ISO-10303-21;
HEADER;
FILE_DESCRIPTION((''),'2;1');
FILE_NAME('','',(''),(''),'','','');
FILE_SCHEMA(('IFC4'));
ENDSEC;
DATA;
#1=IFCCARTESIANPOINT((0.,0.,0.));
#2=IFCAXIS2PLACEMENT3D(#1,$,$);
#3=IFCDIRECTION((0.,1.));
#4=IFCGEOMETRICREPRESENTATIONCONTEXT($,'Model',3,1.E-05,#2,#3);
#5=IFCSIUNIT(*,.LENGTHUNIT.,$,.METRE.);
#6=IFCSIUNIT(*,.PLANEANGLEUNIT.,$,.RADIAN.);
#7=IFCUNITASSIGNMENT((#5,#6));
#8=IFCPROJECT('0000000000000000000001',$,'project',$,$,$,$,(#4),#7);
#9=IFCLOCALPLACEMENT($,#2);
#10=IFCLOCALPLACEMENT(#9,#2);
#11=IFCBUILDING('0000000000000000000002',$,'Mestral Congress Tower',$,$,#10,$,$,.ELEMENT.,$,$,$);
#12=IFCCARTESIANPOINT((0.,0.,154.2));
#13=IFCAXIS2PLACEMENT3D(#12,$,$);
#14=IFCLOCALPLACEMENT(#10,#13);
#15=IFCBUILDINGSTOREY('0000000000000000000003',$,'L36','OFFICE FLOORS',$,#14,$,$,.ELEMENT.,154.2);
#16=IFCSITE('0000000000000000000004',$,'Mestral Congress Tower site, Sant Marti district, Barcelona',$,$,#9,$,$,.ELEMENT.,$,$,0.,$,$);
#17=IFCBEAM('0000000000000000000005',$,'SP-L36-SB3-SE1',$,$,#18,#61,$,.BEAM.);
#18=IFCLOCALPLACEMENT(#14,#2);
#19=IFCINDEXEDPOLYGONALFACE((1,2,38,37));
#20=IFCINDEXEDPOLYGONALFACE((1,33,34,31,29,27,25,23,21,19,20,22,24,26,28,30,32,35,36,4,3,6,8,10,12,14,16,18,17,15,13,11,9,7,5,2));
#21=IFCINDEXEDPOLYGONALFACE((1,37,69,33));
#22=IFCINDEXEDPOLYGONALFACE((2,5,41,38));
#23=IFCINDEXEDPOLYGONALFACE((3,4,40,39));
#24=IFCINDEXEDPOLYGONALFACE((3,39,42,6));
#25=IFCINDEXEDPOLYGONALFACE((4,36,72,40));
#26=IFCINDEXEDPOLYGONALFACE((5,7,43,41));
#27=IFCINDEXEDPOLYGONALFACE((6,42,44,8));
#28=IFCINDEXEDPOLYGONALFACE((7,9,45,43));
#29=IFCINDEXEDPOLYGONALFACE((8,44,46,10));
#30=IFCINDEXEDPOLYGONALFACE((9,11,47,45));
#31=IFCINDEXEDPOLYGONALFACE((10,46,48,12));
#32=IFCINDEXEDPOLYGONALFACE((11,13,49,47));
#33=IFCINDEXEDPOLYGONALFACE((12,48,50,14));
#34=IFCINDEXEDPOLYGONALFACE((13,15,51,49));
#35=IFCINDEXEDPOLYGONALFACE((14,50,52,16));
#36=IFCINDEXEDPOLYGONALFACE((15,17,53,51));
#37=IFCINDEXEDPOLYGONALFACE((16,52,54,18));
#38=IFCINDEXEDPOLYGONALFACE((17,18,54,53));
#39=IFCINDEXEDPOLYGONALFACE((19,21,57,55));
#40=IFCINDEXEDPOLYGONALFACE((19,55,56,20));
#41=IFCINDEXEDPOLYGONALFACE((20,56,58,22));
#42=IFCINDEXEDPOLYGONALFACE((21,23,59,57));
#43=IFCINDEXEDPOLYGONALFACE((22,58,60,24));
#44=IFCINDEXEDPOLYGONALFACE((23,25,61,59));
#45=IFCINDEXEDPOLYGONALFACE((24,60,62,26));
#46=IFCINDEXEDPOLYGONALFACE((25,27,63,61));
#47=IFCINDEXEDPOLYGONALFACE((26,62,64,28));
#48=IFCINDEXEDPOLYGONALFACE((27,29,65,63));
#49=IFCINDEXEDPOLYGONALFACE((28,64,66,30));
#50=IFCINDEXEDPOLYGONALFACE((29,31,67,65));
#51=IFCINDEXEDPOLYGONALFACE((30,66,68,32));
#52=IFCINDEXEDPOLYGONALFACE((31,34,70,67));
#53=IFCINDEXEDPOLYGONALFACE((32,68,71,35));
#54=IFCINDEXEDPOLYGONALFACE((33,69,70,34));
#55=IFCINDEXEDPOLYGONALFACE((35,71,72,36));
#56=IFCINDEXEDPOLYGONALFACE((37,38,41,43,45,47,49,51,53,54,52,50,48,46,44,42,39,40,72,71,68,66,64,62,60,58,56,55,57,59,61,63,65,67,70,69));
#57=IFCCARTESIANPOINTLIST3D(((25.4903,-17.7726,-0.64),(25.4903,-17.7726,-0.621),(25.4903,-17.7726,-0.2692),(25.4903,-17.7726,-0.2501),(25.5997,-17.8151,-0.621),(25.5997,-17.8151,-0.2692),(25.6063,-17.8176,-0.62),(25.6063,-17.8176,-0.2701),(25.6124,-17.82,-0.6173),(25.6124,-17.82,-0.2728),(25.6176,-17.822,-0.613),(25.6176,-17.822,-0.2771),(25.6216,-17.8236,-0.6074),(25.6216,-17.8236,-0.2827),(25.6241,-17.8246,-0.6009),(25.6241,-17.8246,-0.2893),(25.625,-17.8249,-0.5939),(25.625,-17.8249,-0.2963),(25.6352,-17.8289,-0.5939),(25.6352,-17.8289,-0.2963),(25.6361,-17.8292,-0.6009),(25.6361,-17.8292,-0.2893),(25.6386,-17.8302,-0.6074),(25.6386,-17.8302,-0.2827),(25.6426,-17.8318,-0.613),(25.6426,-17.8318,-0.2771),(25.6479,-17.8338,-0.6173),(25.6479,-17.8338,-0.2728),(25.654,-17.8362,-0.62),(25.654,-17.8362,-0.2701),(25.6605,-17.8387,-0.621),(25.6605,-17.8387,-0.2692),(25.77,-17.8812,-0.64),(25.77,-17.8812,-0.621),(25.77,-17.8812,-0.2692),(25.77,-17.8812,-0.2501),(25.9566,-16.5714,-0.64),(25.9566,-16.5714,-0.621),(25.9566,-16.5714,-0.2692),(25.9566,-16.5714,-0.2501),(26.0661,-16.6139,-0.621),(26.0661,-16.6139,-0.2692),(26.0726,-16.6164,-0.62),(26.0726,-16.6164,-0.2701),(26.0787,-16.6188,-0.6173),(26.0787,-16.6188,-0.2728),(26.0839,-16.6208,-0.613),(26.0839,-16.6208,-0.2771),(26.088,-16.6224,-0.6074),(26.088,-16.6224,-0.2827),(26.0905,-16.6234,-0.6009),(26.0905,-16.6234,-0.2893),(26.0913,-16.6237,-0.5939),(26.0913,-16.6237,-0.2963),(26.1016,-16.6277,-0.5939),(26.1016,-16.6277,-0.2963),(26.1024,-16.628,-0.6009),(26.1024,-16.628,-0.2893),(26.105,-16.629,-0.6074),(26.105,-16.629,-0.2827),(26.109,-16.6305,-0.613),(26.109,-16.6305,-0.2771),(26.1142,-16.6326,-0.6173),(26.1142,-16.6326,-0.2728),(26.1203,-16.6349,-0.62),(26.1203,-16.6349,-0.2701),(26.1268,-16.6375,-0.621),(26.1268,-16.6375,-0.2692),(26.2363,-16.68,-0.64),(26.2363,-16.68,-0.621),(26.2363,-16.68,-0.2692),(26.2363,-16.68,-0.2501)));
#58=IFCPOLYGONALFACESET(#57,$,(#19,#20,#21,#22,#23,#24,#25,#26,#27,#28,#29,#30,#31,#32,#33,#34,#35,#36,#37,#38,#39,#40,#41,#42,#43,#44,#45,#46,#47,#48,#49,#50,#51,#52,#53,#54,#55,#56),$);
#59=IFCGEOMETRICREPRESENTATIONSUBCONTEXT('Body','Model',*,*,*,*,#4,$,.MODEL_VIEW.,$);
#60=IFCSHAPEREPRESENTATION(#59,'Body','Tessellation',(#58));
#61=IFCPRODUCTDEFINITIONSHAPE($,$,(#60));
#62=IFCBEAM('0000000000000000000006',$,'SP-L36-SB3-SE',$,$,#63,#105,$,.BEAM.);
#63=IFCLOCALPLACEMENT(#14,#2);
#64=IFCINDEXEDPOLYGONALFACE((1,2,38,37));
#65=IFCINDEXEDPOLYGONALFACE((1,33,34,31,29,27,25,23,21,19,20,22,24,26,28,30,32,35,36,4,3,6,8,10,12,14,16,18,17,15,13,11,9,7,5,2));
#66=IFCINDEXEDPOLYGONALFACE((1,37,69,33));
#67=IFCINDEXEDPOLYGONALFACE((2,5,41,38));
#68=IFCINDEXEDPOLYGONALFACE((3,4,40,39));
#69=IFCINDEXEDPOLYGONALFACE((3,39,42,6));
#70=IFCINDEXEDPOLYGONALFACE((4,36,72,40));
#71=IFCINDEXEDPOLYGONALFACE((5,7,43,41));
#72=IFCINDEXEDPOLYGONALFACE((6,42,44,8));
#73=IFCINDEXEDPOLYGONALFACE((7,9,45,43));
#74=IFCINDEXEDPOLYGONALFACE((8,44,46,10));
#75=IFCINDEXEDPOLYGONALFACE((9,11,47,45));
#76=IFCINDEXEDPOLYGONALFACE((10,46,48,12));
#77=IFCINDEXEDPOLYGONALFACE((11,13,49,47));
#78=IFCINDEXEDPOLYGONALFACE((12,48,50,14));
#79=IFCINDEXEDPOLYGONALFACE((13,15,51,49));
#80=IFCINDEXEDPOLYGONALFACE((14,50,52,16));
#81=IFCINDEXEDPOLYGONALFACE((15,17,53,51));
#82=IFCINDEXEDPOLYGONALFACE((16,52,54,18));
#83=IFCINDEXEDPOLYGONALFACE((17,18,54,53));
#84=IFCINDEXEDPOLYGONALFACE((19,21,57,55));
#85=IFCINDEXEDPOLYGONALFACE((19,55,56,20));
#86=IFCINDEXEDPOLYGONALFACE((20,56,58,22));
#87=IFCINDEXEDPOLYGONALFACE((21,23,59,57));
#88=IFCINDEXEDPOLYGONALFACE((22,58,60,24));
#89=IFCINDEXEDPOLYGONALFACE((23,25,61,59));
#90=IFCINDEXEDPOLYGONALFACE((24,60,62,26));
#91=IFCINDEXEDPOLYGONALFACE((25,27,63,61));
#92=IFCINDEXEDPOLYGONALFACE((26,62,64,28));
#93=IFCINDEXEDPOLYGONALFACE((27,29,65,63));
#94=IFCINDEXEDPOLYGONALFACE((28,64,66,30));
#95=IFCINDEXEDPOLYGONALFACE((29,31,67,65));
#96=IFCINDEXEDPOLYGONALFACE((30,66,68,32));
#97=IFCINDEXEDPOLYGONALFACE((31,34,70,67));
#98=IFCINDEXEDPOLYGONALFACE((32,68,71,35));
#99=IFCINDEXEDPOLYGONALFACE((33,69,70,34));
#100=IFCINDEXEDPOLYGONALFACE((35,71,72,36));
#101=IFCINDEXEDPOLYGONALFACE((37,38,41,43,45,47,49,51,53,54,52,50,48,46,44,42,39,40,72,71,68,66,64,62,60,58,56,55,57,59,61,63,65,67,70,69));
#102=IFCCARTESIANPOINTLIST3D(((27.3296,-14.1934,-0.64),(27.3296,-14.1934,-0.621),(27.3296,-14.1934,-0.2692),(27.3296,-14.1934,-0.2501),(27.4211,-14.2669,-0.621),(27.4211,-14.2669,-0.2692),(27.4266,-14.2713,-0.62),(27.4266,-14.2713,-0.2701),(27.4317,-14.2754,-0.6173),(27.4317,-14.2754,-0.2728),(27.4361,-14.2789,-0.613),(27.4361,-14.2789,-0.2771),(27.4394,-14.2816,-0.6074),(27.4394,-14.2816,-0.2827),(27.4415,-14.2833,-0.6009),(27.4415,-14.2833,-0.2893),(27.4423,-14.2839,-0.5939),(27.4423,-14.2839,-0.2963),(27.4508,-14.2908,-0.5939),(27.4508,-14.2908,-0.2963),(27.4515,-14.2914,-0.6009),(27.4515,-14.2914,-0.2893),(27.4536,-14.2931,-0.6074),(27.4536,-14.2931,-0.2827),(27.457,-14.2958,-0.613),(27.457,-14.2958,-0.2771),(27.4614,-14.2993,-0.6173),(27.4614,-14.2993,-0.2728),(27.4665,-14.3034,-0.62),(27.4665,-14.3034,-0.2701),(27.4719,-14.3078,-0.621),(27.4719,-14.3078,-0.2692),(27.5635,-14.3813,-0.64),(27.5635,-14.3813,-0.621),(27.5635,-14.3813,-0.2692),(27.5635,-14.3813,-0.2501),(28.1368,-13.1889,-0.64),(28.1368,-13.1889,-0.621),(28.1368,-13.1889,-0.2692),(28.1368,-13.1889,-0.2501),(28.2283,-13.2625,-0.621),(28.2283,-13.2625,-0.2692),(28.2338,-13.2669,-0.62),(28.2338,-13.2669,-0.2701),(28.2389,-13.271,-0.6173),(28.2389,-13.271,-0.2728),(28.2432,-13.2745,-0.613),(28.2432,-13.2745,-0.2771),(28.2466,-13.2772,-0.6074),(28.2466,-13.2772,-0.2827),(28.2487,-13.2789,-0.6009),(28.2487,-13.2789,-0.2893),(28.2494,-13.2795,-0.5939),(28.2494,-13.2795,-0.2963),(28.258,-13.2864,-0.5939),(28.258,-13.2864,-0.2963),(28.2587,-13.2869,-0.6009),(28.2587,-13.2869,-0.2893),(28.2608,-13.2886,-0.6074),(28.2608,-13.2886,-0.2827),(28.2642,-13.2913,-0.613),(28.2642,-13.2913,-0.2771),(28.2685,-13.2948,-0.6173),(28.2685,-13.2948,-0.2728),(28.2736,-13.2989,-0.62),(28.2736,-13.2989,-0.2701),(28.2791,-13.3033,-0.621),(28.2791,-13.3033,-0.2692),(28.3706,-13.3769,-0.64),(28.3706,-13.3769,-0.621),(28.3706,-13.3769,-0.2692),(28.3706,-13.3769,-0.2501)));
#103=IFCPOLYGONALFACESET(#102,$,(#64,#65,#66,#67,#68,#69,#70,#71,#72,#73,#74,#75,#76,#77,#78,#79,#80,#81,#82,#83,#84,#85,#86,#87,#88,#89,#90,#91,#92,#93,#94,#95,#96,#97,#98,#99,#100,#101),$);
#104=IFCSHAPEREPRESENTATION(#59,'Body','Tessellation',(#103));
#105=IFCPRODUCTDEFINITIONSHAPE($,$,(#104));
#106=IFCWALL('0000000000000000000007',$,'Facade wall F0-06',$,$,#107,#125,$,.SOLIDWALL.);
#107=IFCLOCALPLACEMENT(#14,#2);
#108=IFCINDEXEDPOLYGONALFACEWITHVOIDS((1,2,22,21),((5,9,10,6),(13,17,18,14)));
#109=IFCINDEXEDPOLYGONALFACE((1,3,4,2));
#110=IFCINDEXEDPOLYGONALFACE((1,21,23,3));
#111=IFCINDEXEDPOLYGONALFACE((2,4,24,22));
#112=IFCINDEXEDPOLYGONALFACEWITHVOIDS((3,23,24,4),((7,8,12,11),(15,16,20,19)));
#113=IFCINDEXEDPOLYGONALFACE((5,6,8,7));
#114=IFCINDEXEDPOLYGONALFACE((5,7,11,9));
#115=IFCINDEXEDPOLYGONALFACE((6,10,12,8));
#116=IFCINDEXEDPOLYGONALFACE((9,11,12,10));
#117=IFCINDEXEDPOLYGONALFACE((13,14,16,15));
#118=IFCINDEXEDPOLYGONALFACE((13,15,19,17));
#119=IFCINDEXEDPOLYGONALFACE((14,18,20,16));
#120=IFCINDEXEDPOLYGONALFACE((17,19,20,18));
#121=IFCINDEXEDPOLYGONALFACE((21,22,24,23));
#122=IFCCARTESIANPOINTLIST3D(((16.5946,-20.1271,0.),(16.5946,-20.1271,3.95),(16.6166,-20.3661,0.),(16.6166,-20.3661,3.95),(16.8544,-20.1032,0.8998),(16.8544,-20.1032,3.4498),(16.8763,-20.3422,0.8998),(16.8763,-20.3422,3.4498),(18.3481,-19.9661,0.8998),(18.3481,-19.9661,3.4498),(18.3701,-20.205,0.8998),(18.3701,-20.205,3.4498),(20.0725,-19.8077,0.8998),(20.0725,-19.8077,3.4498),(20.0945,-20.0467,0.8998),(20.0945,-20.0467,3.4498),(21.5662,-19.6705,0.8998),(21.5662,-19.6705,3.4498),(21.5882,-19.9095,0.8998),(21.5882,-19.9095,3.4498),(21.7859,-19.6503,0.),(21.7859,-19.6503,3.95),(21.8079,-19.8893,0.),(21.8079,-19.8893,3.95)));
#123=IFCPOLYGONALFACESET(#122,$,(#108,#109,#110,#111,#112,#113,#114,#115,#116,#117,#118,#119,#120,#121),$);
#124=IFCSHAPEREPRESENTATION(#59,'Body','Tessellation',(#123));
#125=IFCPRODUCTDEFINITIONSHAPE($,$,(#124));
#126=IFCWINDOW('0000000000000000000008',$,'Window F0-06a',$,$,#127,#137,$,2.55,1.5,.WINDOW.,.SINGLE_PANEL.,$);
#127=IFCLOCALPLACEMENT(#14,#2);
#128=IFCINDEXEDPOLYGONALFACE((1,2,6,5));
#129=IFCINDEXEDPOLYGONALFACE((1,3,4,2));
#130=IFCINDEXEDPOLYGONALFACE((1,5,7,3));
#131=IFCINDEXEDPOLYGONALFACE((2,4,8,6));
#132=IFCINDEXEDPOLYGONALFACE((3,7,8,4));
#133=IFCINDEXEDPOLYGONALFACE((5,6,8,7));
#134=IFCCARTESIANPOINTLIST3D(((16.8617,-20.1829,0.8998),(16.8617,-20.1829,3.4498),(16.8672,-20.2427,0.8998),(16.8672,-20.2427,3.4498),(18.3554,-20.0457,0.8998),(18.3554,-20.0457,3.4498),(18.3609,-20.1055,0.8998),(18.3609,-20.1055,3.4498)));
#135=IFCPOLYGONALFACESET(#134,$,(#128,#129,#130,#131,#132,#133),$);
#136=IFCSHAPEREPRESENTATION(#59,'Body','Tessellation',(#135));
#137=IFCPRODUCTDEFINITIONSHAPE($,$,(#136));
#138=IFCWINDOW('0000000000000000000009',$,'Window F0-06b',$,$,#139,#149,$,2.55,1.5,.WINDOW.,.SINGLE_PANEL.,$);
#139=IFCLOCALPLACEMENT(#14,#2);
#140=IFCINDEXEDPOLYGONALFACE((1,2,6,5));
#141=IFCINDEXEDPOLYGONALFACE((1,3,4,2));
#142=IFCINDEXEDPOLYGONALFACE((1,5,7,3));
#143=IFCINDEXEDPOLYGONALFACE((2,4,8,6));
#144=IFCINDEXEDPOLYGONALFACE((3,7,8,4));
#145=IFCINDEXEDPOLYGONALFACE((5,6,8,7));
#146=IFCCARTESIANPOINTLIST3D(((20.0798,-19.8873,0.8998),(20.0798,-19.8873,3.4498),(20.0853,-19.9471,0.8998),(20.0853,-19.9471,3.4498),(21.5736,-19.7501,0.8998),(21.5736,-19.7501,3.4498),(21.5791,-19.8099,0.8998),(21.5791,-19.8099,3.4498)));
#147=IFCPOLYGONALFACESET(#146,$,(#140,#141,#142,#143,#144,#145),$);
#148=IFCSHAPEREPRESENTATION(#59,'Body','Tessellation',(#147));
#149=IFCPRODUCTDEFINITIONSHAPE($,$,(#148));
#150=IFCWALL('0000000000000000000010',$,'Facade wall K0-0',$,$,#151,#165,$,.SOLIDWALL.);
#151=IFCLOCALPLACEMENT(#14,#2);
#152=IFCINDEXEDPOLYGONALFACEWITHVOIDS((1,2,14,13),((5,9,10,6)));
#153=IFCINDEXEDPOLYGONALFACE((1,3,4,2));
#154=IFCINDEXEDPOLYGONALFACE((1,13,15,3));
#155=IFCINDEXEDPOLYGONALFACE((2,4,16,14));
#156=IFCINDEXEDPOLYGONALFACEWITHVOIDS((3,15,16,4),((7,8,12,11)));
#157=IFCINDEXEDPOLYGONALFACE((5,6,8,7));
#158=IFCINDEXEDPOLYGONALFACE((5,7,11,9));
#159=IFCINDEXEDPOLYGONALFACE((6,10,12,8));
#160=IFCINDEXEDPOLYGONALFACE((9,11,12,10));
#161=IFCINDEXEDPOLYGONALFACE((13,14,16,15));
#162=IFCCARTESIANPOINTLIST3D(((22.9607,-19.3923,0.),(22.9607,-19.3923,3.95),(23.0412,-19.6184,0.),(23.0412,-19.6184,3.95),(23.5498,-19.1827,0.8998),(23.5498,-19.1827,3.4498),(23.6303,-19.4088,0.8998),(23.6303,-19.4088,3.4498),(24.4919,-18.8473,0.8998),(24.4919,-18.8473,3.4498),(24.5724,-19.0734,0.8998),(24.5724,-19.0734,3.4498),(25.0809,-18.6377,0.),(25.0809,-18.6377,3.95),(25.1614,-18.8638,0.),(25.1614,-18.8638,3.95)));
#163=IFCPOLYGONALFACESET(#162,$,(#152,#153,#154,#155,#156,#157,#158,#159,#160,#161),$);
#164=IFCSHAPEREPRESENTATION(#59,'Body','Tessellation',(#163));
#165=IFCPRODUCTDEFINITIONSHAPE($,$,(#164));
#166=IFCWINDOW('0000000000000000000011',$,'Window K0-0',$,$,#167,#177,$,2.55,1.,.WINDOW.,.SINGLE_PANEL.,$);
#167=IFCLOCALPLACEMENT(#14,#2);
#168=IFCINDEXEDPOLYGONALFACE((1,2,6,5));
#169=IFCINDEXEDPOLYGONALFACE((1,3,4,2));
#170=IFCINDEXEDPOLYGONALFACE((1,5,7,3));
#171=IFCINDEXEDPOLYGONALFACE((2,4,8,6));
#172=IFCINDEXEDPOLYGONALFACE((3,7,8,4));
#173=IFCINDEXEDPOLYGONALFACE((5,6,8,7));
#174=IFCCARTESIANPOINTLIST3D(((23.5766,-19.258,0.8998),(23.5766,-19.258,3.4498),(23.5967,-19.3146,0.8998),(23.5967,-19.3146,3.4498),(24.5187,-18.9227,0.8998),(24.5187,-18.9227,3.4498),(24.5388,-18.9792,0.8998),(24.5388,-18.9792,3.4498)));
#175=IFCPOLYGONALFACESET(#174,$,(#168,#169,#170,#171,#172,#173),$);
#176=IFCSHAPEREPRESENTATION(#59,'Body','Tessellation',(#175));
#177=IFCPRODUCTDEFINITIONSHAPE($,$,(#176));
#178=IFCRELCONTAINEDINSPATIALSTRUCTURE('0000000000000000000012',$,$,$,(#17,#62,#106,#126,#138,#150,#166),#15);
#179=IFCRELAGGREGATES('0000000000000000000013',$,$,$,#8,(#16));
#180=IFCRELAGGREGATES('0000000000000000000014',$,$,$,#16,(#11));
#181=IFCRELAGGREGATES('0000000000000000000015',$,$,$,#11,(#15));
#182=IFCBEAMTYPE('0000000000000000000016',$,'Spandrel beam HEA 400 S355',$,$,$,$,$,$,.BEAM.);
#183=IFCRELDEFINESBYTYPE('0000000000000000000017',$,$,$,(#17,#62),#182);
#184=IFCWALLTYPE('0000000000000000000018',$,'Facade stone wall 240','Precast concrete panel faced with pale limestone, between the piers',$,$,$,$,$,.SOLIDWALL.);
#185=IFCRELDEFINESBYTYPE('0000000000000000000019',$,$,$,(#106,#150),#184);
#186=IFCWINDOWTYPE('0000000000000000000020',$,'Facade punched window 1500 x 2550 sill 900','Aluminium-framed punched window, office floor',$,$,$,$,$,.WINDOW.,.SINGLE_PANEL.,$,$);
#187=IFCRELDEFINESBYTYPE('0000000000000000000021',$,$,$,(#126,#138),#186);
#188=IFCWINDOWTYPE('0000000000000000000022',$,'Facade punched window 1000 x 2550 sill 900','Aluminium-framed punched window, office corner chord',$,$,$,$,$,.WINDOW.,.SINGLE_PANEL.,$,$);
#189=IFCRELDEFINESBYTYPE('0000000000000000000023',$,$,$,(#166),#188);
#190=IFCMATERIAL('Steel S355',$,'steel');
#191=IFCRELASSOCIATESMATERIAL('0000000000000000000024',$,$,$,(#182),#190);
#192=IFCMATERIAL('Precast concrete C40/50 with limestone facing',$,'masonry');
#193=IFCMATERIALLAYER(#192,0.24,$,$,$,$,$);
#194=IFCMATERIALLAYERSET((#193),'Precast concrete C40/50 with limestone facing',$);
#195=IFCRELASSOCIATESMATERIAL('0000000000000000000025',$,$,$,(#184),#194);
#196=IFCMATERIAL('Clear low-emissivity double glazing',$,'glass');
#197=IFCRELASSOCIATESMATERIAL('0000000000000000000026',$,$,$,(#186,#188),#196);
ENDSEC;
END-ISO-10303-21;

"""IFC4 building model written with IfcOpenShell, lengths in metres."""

from ifc_helpers import new_model, si_unit, direction, frame, frame_2d, origin, origin_2d, place, context, subcontext, project, spatial, rectangle, i_section, extrude, material, layer, layer_set, material_profile, profile_set, type_object, element, fill, save


model = new_model("IFC4")

# Units and contexts
model_context = context("Model", 3, precision=1e-05, world=origin(), true_north=direction((0.0, 1.0)))
body_context = subcontext(model_context, "Body", "Model", "MODEL_VIEW")
ifc_project = project(units=[si_unit("LENGTHUNIT", "METRE"), si_unit("PLANEANGLEUNIT", "RADIAN")], contexts=[model_context])

# Site, building, storey
site_placement = place(None, origin())
site = spatial("IfcSite", under=ifc_project, at=site_placement, Name="Mestral Congress Tower site, Sant Marti district, Barcelona", CompositionType="ELEMENT", RefElevation=0.0)
building_placement = place(site_placement, origin())
building = spatial("IfcBuilding", under=site, at=building_placement, Name="Mestral Congress Tower", CompositionType="ELEMENT")
storey_placement = place(building_placement, frame((0.0, 0.0, 154.2)))
storey = spatial("IfcBuildingStorey", under=building, at=storey_placement, Name="L36", Description="OFFICE FLOORS", CompositionType="ELEMENT", Elevation=154.2)

# Beams
ifc_material_1 = material(Name="Steel S355", Category="steel")
ifc_material_profile_1 = material_profile(ifc_material_1, i_section(OverallWidth=0.3, OverallDepth=0.3899, WebThickness=0.011, FlangeThickness=0.019, FilletRadius=0.0271, at=origin_2d()), Name="HEA 400")
ifc_profile_set_1 = profile_set([ifc_material_profile_1], Name="Steel S355")
beam_type_1 = type_object("IfcBeamType", Name="Spandrel beam HEA 400 S355", PredefinedType="BEAM", material=ifc_profile_set_1)
for number, where, z_axis, x_axis, name in (
    (1, (25.6301, -17.8269, -0.4451), (0.361898, 0.932218, 0.0), (-0.932218, 0.361898, 0.0), "SP-L36-SB3-SE1"),
    (2, (27.4465, -14.2874, -0.4451), (0.626403, 0.779499, 0.0), (-0.779499, 0.626403, 0.0), "SP-L36-SB3-SE"),
):
    element("IfcBeam", number, at=place(storey_placement, frame(where, z_axis=z_axis, x_axis=x_axis)), inside=storey, type_object=beam_type_1, Name=name, PredefinedType="BEAM", context=body_context, shape_type="SweptSolid", body=[
        extrude(i_section(OverallWidth=0.3, OverallDepth=0.3899, WebThickness=0.011, FlangeThickness=0.019, FilletRadius=0.0271, at=origin_2d()), origin(), (0.0, 0.0, 1.0), 1.2886),
    ])

# Wall, openings, windows
ifc_material_2 = material(Name="Precast concrete C40/50 with limestone facing", Category="masonry")
ifc_layer_1 = layer(ifc_material_2, 0.24)
ifc_layer_set_1 = layer_set([ifc_layer_1], Name="Precast concrete C40/50 with limestone facing")
wall_type_1 = type_object("IfcWallType", Name="Facade stone wall 240", Description="Precast concrete panel faced with pale limestone, between the piers", PredefinedType="SOLIDWALL", material=ifc_layer_set_1)
wall_1_placement = place(storey_placement, frame((16.6057, -20.2466, 0.0), z_axis=(0.0, 0.0, 1.0), x_axis=(0.995809, 0.09146, 0.0)))
wall_1 = element("IfcWall", 3, at=wall_1_placement, inside=storey, type_object=wall_type_1, Name="Facade wall F0-06", PredefinedType="SOLIDWALL", context=body_context, shape_type="SweptSolid", body=[
    extrude(rectangle(XDim=5.2131, YDim=0.24, at=frame_2d((2.6064, 0.0))), origin(), (0.0, 0.0, 1.0), 3.95),
])
opening_1_placement = place(wall_1_placement, frame((0.2607, 0.0, 0.8999)))
opening_1 = element("IfcOpeningElement", 4, at=opening_1_placement, cuts=wall_1, PredefinedType="OPENING", context=body_context, shape_type="SweptSolid", body=[
    extrude(rectangle(XDim=1.5, YDim=2.55, at=frame_2d((0.75, 1.2749))), frame((0.0, 0.1299, 0.0), z_axis=(0.0, -1.0, 0.0), x_axis=(1.0, 0.0, 0.0)), (0.0, 0.0, 1.0), 0.26),
])
opening_2_placement = place(wall_1_placement, frame((3.4924, 0.0, 0.8999)))
opening_2 = element("IfcOpeningElement", 5, at=opening_2_placement, cuts=wall_1, PredefinedType="OPENING", context=body_context, shape_type="SweptSolid", body=[
    extrude(rectangle(XDim=1.5, YDim=2.55, at=frame_2d((0.75, 1.2749))), frame((0.0, 0.1299, 0.0), z_axis=(0.0, -1.0, 0.0), x_axis=(1.0, 0.0, 0.0)), (0.0, 0.0, 1.0), 0.26),
])
ifc_material_3 = material(Name="Clear low-emissivity double glazing", Category="glass")
window_type_1 = type_object("IfcWindowType", Name="Facade punched window 1500 x 2550 sill 900", Description="Aluminium-framed punched window, office floor", PartitioningType="SINGLE_PANEL", PredefinedType="WINDOW", material=ifc_material_3)
window_1_placement = place(opening_1_placement, origin())
window_1 = element("IfcWindow", 6, at=window_1_placement, inside=storey, type_object=window_type_1, Name="Window F0-06a", OverallHeight=2.55, OverallWidth=1.5, PartitioningType="SINGLE_PANEL", PredefinedType="WINDOW", context=body_context, shape_type="SweptSolid", body=[
    extrude(rectangle(XDim=1.5, YDim=2.55, at=frame_2d((0.75, 1.2749))), frame((0.0, 0.04, 0.0), z_axis=(0.0, -1.0, 0.0), x_axis=(1.0, 0.0, 0.0)), (0.0, 0.0, 1.0), 0.0601),
])
fill(opening_1, window_1)
window_2_placement = place(opening_2_placement, origin())
window_2 = element("IfcWindow", 7, at=window_2_placement, inside=storey, type_object=window_type_1, Name="Window F0-06b", OverallHeight=2.55, OverallWidth=1.5, PartitioningType="SINGLE_PANEL", PredefinedType="WINDOW", context=body_context, shape_type="SweptSolid", body=[
    extrude(rectangle(XDim=1.5, YDim=2.55, at=frame_2d((0.75, 1.2749))), frame((0.0, 0.04, 0.0), z_axis=(0.0, -1.0, 0.0), x_axis=(1.0, 0.0, 0.0)), (0.0, 0.0, 1.0), 0.0601),
])
fill(opening_2, window_2)

# Wall, opening, window
wall_2_placement = place(storey_placement, frame((23.001, -19.5054, 0.0), z_axis=(0.0, 0.0, 1.0), x_axis=(0.9421, 0.335333, 0.0)))
wall_2 = element("IfcWall", 8, at=wall_2_placement, inside=storey, type_object=wall_type_1, Name="Facade wall K0-0", PredefinedType="SOLIDWALL", context=body_context, shape_type="SweptSolid", body=[
    extrude(rectangle(XDim=2.2505, YDim=0.24, at=frame_2d((1.1252, 0.0))), origin(), (0.0, 0.0, 1.0), 3.95),
])
opening_3_placement = place(wall_2_placement, frame((0.6252, 0.0, 0.8999)))
opening_3 = element("IfcOpeningElement", 9, at=opening_3_placement, cuts=wall_2, PredefinedType="OPENING", context=body_context, shape_type="SweptSolid", body=[
    extrude(rectangle(XDim=1.0, YDim=2.55, at=frame_2d((0.5, 1.2749))), frame((0.0, 0.1299, 0.0), z_axis=(0.0, -1.0, 0.0), x_axis=(1.0, 0.0, 0.0)), (0.0, 0.0, 1.0), 0.26),
])
window_type_2 = type_object("IfcWindowType", Name="Facade punched window 1000 x 2550 sill 900", Description="Aluminium-framed punched window, office corner chord", PartitioningType="SINGLE_PANEL", PredefinedType="WINDOW", material=ifc_material_3)
window_3_placement = place(opening_3_placement, origin())
window_3 = element("IfcWindow", 10, at=window_3_placement, inside=storey, type_object=window_type_2, Name="Window K0-0", OverallHeight=2.55, OverallWidth=1.0, PartitioningType="SINGLE_PANEL", PredefinedType="WINDOW", context=body_context, shape_type="SweptSolid", body=[
    extrude(rectangle(XDim=1.0, YDim=2.55, at=frame_2d((0.5, 1.2749))), frame((0.0, 0.04, 0.0), z_axis=(0.0, -1.0, 0.0), x_axis=(1.0, 0.0, 0.0)), (0.0, 0.0, 1.0), 0.0601),
])
fill(opening_3, window_3)

save(model, "model.ifc")
